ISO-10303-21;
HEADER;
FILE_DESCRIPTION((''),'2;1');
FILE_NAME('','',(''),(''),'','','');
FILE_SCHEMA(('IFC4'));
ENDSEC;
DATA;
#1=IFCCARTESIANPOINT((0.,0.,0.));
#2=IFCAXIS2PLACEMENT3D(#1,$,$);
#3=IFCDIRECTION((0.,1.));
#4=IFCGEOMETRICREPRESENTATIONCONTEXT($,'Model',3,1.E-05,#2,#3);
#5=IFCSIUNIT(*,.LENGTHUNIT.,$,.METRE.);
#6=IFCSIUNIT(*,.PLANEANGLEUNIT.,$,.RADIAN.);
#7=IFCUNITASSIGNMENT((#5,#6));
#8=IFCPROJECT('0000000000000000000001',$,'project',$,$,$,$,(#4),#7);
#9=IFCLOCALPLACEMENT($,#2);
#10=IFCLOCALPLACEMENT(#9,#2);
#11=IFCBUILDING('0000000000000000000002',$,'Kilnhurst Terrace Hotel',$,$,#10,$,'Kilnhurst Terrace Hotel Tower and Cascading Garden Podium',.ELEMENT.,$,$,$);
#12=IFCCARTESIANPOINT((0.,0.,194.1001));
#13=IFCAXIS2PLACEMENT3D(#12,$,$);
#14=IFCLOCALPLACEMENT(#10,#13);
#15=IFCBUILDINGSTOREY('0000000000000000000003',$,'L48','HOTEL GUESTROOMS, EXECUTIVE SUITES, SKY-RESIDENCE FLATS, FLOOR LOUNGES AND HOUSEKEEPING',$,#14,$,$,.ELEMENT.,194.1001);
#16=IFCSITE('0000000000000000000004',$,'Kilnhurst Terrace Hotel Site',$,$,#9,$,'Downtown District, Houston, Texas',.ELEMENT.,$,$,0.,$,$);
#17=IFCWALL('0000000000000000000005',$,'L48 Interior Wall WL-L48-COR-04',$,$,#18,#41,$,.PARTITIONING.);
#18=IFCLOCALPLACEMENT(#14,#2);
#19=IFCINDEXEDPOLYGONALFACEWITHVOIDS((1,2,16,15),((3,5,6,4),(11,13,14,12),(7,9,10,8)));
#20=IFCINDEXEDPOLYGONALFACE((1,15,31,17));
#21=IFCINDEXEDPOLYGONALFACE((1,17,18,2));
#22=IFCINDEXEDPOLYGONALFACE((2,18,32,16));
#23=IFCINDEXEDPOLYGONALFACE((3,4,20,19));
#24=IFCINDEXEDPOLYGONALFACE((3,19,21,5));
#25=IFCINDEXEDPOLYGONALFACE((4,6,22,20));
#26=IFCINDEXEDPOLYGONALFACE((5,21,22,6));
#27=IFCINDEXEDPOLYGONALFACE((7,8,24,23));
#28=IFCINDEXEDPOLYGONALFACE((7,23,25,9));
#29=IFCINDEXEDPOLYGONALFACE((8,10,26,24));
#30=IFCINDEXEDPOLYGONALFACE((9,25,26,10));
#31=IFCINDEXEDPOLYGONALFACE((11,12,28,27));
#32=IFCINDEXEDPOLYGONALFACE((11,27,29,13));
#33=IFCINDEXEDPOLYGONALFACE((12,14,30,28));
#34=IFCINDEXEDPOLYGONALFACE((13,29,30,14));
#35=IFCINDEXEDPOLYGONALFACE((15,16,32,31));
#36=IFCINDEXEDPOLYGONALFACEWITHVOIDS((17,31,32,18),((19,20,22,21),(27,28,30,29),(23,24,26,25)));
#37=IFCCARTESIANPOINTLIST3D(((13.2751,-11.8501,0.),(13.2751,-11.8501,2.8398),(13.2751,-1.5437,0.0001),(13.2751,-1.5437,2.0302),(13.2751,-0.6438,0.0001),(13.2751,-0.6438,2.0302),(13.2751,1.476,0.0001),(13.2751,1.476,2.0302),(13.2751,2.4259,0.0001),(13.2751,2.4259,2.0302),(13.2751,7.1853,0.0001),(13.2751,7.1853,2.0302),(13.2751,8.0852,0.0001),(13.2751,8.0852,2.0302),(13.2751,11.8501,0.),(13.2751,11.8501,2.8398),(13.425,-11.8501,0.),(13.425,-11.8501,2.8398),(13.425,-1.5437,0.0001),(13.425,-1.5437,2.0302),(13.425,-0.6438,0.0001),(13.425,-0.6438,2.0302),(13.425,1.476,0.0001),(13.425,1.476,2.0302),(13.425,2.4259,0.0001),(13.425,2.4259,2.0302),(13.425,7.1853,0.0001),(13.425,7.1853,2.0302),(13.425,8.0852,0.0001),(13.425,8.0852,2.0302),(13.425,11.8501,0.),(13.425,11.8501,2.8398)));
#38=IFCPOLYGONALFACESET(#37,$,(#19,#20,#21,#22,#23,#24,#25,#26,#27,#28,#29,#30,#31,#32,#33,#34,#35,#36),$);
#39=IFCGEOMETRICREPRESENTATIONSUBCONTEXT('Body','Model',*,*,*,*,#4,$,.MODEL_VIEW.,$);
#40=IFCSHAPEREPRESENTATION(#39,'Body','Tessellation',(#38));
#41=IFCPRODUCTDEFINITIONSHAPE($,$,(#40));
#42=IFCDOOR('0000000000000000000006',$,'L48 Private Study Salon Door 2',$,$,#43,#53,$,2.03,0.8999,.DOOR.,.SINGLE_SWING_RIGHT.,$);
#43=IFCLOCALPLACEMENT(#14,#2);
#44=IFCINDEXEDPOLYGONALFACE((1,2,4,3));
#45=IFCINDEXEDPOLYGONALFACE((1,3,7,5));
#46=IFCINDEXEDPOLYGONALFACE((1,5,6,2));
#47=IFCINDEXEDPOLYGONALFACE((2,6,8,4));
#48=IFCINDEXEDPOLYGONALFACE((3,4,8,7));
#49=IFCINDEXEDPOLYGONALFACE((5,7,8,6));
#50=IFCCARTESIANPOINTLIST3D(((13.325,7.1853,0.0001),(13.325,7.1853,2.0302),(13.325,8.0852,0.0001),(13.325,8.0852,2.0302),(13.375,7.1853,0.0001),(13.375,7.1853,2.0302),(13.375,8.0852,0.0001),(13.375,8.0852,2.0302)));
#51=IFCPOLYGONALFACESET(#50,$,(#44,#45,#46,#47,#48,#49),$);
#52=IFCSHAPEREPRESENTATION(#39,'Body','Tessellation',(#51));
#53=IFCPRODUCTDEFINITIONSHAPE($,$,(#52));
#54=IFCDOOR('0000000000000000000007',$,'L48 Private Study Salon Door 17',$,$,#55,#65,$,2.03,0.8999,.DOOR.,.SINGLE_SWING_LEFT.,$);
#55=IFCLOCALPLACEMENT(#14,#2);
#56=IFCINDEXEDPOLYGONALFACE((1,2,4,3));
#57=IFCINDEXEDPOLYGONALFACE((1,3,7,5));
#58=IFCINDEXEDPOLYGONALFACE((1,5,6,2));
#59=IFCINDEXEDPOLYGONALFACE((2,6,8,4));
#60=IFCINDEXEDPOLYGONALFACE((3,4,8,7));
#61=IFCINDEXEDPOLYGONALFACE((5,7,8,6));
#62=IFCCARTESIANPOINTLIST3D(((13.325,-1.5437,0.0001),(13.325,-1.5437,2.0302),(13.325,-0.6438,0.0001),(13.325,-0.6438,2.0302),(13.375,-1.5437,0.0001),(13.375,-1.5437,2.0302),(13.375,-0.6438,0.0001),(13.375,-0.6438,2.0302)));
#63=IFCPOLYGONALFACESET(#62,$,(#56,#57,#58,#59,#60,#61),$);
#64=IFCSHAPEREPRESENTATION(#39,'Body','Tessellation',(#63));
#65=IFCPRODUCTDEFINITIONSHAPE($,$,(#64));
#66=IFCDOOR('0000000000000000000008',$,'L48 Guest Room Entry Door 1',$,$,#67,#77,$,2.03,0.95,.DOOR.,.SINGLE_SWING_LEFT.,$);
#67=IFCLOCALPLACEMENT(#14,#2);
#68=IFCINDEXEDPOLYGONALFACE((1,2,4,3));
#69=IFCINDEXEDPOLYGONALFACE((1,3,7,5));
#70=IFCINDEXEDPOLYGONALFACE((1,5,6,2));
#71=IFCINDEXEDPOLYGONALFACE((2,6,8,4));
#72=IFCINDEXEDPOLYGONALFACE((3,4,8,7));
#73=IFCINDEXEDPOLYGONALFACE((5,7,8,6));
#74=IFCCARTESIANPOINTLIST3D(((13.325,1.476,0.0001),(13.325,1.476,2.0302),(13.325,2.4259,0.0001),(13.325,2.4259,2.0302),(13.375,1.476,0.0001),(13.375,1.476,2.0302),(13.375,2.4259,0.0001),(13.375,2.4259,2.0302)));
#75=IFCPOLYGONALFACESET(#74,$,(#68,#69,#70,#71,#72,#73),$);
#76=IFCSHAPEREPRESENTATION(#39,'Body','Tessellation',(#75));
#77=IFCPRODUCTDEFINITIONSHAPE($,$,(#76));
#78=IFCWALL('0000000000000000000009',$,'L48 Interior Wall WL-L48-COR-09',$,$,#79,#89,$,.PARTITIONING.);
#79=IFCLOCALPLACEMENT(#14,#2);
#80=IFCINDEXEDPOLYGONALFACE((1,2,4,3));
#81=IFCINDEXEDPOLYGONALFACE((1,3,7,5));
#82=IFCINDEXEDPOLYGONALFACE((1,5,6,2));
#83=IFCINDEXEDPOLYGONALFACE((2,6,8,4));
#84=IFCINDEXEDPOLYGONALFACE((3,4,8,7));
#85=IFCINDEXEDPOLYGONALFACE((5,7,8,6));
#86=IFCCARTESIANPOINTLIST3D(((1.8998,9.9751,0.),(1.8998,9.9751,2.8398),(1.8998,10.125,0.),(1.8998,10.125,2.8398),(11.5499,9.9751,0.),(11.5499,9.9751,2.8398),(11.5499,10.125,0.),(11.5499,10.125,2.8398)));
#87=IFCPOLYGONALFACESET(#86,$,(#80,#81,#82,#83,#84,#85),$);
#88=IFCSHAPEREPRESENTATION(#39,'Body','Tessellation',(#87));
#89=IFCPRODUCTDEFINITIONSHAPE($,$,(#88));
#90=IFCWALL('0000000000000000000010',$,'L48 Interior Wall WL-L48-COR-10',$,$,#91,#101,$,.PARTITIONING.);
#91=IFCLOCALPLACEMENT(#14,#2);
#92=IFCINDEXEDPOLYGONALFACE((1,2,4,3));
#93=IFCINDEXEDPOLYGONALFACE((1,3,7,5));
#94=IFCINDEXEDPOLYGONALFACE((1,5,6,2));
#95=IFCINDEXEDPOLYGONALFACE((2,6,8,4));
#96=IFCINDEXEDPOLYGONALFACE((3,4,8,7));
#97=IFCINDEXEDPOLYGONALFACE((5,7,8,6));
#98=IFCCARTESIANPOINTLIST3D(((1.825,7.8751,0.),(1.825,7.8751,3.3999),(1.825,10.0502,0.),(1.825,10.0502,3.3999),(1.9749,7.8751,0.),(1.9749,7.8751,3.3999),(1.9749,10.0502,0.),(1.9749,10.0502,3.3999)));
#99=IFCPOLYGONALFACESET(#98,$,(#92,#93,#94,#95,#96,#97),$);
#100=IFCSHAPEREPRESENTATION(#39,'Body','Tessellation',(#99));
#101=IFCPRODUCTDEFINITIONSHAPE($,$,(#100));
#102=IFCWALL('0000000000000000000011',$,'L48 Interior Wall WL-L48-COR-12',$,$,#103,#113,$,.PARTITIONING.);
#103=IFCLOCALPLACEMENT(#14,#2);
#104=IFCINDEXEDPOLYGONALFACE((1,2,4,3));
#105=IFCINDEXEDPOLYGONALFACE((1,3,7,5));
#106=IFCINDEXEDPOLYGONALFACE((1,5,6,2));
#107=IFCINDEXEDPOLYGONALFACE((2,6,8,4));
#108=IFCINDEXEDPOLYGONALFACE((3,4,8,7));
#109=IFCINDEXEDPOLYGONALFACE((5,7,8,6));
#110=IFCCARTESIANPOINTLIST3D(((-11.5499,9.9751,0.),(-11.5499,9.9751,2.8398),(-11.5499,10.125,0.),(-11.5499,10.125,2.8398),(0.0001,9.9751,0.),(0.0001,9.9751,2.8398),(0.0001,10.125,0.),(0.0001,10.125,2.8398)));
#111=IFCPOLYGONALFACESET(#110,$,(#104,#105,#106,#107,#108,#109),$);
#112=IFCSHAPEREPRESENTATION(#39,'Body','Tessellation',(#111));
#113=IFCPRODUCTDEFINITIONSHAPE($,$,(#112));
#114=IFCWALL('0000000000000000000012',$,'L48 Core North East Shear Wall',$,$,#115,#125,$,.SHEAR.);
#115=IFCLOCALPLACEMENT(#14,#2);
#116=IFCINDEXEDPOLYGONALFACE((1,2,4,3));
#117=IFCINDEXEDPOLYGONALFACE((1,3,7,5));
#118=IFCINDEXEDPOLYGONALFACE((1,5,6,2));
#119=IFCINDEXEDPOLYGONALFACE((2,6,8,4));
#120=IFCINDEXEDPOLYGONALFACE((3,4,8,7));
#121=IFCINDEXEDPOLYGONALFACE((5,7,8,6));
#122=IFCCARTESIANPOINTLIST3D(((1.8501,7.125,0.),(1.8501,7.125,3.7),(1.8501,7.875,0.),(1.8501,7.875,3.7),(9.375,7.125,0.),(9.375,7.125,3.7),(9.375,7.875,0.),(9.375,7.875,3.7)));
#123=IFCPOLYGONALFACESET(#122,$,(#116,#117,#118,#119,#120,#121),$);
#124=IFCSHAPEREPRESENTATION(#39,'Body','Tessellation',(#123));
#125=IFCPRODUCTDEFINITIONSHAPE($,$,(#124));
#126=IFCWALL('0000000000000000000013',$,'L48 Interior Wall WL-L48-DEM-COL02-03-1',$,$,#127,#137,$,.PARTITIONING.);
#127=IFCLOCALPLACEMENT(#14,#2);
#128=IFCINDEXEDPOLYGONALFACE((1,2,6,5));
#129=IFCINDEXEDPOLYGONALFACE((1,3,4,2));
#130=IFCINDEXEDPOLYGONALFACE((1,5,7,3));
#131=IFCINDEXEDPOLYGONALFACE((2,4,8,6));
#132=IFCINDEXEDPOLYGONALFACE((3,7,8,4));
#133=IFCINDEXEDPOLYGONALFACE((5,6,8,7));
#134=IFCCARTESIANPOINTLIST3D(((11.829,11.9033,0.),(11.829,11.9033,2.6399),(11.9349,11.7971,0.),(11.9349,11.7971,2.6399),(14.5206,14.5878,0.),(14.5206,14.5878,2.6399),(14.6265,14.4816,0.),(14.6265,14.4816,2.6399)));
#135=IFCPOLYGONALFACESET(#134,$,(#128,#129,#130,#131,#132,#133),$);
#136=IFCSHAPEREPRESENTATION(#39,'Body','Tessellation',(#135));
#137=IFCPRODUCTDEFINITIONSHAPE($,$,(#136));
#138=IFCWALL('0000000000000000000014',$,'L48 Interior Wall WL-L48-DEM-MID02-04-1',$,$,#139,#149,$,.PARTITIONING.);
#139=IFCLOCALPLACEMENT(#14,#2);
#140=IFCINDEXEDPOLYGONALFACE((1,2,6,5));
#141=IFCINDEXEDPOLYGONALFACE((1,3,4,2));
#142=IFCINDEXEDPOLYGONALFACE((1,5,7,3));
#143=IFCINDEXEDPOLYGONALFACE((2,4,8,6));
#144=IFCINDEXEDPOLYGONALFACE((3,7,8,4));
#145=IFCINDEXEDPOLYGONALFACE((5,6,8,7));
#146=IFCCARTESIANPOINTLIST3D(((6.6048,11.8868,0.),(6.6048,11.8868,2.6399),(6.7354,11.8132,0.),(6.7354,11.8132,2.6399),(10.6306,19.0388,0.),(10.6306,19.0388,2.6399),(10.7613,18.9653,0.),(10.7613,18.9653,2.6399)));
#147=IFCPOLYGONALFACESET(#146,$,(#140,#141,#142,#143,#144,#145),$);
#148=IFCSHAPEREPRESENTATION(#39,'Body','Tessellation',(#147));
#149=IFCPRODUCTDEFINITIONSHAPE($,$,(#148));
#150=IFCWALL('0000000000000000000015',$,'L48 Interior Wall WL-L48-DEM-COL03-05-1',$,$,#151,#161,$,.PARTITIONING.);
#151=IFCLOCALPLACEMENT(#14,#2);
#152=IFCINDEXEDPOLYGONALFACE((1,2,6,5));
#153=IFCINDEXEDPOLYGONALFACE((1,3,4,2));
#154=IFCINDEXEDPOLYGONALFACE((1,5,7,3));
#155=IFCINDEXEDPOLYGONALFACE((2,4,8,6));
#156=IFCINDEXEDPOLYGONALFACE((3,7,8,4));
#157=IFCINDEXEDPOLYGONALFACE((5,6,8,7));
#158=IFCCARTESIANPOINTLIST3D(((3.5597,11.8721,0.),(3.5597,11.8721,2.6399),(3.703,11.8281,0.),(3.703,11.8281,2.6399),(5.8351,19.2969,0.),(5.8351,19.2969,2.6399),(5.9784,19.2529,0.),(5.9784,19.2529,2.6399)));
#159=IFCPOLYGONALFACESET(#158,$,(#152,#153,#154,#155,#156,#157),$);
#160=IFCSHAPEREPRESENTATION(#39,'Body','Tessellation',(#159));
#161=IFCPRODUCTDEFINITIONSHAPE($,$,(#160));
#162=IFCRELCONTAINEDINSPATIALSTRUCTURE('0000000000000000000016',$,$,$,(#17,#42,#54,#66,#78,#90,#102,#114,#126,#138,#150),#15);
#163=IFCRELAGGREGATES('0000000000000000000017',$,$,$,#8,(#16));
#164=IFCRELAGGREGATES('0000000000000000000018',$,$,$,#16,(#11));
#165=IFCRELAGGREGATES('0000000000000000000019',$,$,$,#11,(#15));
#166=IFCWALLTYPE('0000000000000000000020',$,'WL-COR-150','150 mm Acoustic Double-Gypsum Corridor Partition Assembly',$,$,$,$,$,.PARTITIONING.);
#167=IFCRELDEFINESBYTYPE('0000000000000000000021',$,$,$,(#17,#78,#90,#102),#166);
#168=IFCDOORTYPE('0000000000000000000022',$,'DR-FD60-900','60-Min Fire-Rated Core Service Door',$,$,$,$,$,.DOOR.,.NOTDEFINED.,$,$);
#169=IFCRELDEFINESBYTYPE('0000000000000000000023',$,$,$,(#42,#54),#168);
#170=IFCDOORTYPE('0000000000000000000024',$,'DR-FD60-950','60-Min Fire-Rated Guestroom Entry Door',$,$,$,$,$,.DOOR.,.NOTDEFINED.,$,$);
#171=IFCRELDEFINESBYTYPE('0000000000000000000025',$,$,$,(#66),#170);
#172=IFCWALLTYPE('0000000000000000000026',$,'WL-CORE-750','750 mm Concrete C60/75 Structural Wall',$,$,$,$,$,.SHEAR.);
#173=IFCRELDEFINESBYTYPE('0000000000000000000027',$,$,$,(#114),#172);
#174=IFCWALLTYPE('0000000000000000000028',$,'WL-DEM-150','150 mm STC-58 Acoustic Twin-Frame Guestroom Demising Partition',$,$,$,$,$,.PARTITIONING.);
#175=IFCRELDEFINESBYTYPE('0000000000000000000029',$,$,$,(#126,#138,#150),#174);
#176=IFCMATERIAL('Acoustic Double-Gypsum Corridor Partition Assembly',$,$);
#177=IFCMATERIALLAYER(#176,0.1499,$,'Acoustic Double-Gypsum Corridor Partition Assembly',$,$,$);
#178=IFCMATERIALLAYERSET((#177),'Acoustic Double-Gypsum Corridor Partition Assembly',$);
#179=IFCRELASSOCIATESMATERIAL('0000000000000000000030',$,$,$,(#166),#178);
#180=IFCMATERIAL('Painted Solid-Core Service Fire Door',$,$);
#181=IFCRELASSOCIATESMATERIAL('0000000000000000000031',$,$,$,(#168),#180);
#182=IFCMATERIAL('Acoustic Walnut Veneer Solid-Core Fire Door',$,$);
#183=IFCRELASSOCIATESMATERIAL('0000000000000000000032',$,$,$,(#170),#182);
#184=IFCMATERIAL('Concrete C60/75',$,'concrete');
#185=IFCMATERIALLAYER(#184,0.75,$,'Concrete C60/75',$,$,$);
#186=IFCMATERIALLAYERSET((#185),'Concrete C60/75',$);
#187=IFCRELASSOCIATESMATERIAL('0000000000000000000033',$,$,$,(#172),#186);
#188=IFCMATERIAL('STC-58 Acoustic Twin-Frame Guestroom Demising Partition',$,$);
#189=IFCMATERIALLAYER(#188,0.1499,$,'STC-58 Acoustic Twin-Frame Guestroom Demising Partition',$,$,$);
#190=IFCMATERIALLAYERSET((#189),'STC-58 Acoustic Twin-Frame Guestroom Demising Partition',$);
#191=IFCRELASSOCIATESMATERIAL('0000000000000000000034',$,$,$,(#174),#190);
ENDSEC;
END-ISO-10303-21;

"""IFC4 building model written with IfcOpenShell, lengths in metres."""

from ifc_helpers import new_model, si_unit, direction, frame, frame_2d, origin, place, context, subcontext, project, spatial, rectangle, extrude, material, layer, layer_set, type_object, element, fill, save


model = new_model("IFC4")

# Units and contexts
model_context = context("Model", 3, precision=1e-05, world=origin(), true_north=direction((0.0, 1.0)))
body_context = subcontext(model_context, "Body", "Model", "MODEL_VIEW")
ifc_project = project(units=[si_unit("LENGTHUNIT", "METRE"), si_unit("PLANEANGLEUNIT", "RADIAN")], contexts=[model_context])

# Site, building, storey
site_placement = place(None, origin())
site = spatial("IfcSite", under=ifc_project, at=site_placement, Name="Kilnhurst Terrace Hotel Site", LongName="Downtown District, Houston, Texas", CompositionType="ELEMENT", RefElevation=0.0)
building_placement = place(site_placement, origin())
building = spatial("IfcBuilding", under=site, at=building_placement, Name="Kilnhurst Terrace Hotel", LongName="Kilnhurst Terrace Hotel Tower and Cascading Garden Podium", CompositionType="ELEMENT")
storey_placement = place(building_placement, frame((0.0, 0.0, 194.1001)))
storey = spatial("IfcBuildingStorey", under=building, at=storey_placement, Name="L48", Description="HOTEL GUESTROOMS, EXECUTIVE SUITES, SKY-RESIDENCE FLATS, FLOOR LOUNGES AND HOUSEKEEPING", CompositionType="ELEMENT", Elevation=194.1001)

# Wall, openings, doors
ifc_material_1 = material(Name="Acoustic Double-Gypsum Corridor Partition Assembly")
ifc_layer_1 = layer(ifc_material_1, 0.1499, Name="Acoustic Double-Gypsum Corridor Partition Assembly")
ifc_layer_set_1 = layer_set([ifc_layer_1], Name="Acoustic Double-Gypsum Corridor Partition Assembly")
wall_type_1 = type_object("IfcWallType", Name="WL-COR-150", Description="150 mm Acoustic Double-Gypsum Corridor Partition Assembly", PredefinedType="PARTITIONING", material=ifc_layer_set_1)
wall_1_placement = place(storey_placement, frame((13.3501, 11.8501, 0.0), z_axis=(0.0, 0.0, 1.0), x_axis=(0.0, -1.0, 0.0)))
wall_1 = element("IfcWall", 1, at=wall_1_placement, inside=storey, type_object=wall_type_1, Name="L48 Interior Wall WL-L48-COR-04", PredefinedType="PARTITIONING", context=body_context, shape_type="SweptSolid", body=[
    extrude(rectangle(XDim=23.7002, YDim=0.1499, at=frame_2d((11.8501, 0.0))), origin(), (0.0, 0.0, 1.0), 2.8398),
])
opening_1_placement = place(wall_1_placement, frame((9.4241, 0.0, 0.0)))
opening_1 = element("IfcOpeningElement", 2, at=opening_1_placement, cuts=wall_1, PredefinedType="OPENING", context=body_context, shape_type="SweptSolid", body=[
    extrude(rectangle(XDim=0.95, YDim=2.03, at=frame_2d((0.4751, 1.0151))), frame((0.0, 0.085, 0.0), z_axis=(0.0, -1.0, 0.0), x_axis=(1.0, 0.0, 0.0)), (0.0, 0.0, 1.0), 0.1699),
])
opening_2_placement = place(wall_1_placement, frame((3.7649, 0.0, 0.0)))
opening_2 = element("IfcOpeningElement", 3, at=opening_2_placement, cuts=wall_1, PredefinedType="OPENING", context=body_context, shape_type="SweptSolid", body=[
    extrude(rectangle(XDim=0.8999, YDim=2.03, at=frame_2d((0.45, 1.0151))), frame((0.0, 0.085, 0.0), z_axis=(0.0, -1.0, 0.0), x_axis=(1.0, 0.0, 0.0)), (0.0, 0.0, 1.0), 0.1699),
])
opening_3_placement = place(wall_1_placement, frame((12.4939, 0.0, 0.0)))
opening_3 = element("IfcOpeningElement", 4, at=opening_3_placement, cuts=wall_1, PredefinedType="OPENING", context=body_context, shape_type="SweptSolid", body=[
    extrude(rectangle(XDim=0.8999, YDim=2.03, at=frame_2d((0.45, 1.0151))), frame((0.0, 0.085, 0.0), z_axis=(0.0, -1.0, 0.0), x_axis=(1.0, 0.0, 0.0)), (0.0, 0.0, 1.0), 0.1699),
])
ifc_material_2 = material(Name="Painted Solid-Core Service Fire Door")
door_type_1 = type_object("IfcDoorType", Name="DR-FD60-900", Description="60-Min Fire-Rated Core Service Door", OperationType="NOTDEFINED", PredefinedType="DOOR", material=ifc_material_2)
door_1_placement = place(opening_2_placement, origin())
door_1 = element("IfcDoor", 5, at=door_1_placement, inside=storey, type_object=door_type_1, Name="L48 Private Study Salon Door 2", OperationType="SINGLE_SWING_RIGHT", OverallHeight=2.03, OverallWidth=0.8999, PredefinedType="DOOR", context=body_context, shape_type="SweptSolid", body=[
    extrude(rectangle(XDim=0.8999, YDim=2.03, at=frame_2d((0.45, 1.0151))), frame((0.0, 0.0249, 0.0), z_axis=(0.0, -1.0, 0.0), x_axis=(1.0, 0.0, 0.0)), (0.0, 0.0, 1.0), 0.05),
])
fill(opening_2, door_1)
door_2_placement = place(opening_3_placement, origin())
door_2 = element("IfcDoor", 6, at=door_2_placement, inside=storey, type_object=door_type_1, Name="L48 Private Study Salon Door 17", OperationType="SINGLE_SWING_LEFT", OverallHeight=2.03, OverallWidth=0.8999, PredefinedType="DOOR", context=body_context, shape_type="SweptSolid", body=[
    extrude(rectangle(XDim=0.8999, YDim=2.03, at=frame_2d((0.45, 1.0151))), frame((0.0, 0.0249, 0.0), z_axis=(0.0, -1.0, 0.0), x_axis=(1.0, 0.0, 0.0)), (0.0, 0.0, 1.0), 0.05),
])
fill(opening_3, door_2)
ifc_material_3 = material(Name="Acoustic Walnut Veneer Solid-Core Fire Door")
door_type_2 = type_object("IfcDoorType", Name="DR-FD60-950", Description="60-Min Fire-Rated Guestroom Entry Door", OperationType="NOTDEFINED", PredefinedType="DOOR", material=ifc_material_3)
door_3_placement = place(opening_1_placement, origin())
door_3 = element("IfcDoor", 7, at=door_3_placement, inside=storey, type_object=door_type_2, Name="L48 Guest Room Entry Door 1", OperationType="SINGLE_SWING_LEFT", OverallHeight=2.03, OverallWidth=0.95, PredefinedType="DOOR", context=body_context, shape_type="SweptSolid", body=[
    extrude(rectangle(XDim=0.95, YDim=2.03, at=frame_2d((0.4751, 1.0151))), frame((0.0, 0.0249, 0.0), z_axis=(0.0, -1.0, 0.0), x_axis=(1.0, 0.0, 0.0)), (0.0, 0.0, 1.0), 0.05),
])
fill(opening_1, door_3)

# Walls
wall_2_placement = place(storey_placement, frame((11.55, 10.05, 0.0), z_axis=(0.0, 0.0, 1.0), x_axis=(-1.0, 0.0, 0.0)))
element("IfcWall", 8, at=wall_2_placement, inside=storey, type_object=wall_type_1, Name="L48 Interior Wall WL-L48-COR-09", PredefinedType="PARTITIONING", context=body_context, shape_type="SweptSolid", body=[
    extrude(rectangle(XDim=9.6501, YDim=0.1499, at=frame_2d((4.8252, 0.0))), origin(), (0.0, 0.0, 1.0), 2.8398),
])
wall_3_placement = place(storey_placement, frame((1.8999, 10.05, 0.0), z_axis=(0.0, 0.0, 1.0), x_axis=(0.0, -1.0, 0.0)))
element("IfcWall", 9, at=wall_3_placement, inside=storey, type_object=wall_type_1, Name="L48 Interior Wall WL-L48-COR-10", PredefinedType="PARTITIONING", context=body_context, shape_type="SweptSolid", body=[
    extrude(rectangle(XDim=2.175, YDim=0.1499, at=frame_2d((1.0874, 0.0))), origin(), (0.0, 0.0, 1.0), 3.3999),
])
wall_4_placement = place(storey_placement, frame((0.0, 10.05, 0.0), z_axis=(0.0, 0.0, 1.0), x_axis=(-1.0, 0.0, 0.0)))
element("IfcWall", 10, at=wall_4_placement, inside=storey, type_object=wall_type_1, Name="L48 Interior Wall WL-L48-COR-12", PredefinedType="PARTITIONING", context=body_context, shape_type="SweptSolid", body=[
    extrude(rectangle(XDim=11.55, YDim=0.1499, at=frame_2d((5.7749, 0.0))), origin(), (0.0, 0.0, 1.0), 2.8398),
])
ifc_material_4 = material(Name="Concrete C60/75", Category="concrete")
ifc_layer_2 = layer(ifc_material_4, 0.75, Name="Concrete C60/75")
ifc_layer_set_2 = layer_set([ifc_layer_2], Name="Concrete C60/75")
wall_type_2 = type_object("IfcWallType", Name="WL-CORE-750", Description="750 mm Concrete C60/75 Structural Wall", PredefinedType="SHEAR", material=ifc_layer_set_2)
wall_5_placement = place(storey_placement, frame((1.8501, 7.5, 0.0), z_axis=(0.0, 0.0, 1.0), x_axis=(1.0, 0.0, 0.0)))
element("IfcWall", 11, at=wall_5_placement, inside=storey, type_object=wall_type_2, Name="L48 Core North East Shear Wall", PredefinedType="SHEAR", context=body_context, shape_type="SweptSolid", body=[
    extrude(rectangle(XDim=7.5249, YDim=0.75, at=frame_2d((3.7625, 0.0))), origin(), (0.0, 0.0, 1.0), 3.7),
])
ifc_material_5 = material(Name="STC-58 Acoustic Twin-Frame Guestroom Demising Partition")
ifc_layer_3 = layer(ifc_material_5, 0.1499, Name="STC-58 Acoustic Twin-Frame Guestroom Demising Partition")
ifc_layer_set_3 = layer_set([ifc_layer_3], Name="STC-58 Acoustic Twin-Frame Guestroom Demising Partition")
wall_type_3 = type_object("IfcWallType", Name="WL-DEM-150", Description="150 mm STC-58 Acoustic Twin-Frame Guestroom Demising Partition", PredefinedType="PARTITIONING", material=ifc_layer_set_3)
wall_6_placement = place(storey_placement, frame((11.8818, 11.8501, 0.0), z_axis=(0.0, 0.0, 1.0), x_axis=(0.708037, 0.706175, 0.0)))
element("IfcWall", 12, at=wall_6_placement, inside=storey, type_object=wall_type_3, Name="L48 Interior Wall WL-L48-DEM-COL02-03-1", PredefinedType="PARTITIONING", context=body_context, shape_type="SweptSolid", body=[
    extrude(rectangle(XDim=3.8015, YDim=0.1499, at=frame_2d((1.9009, 0.0))), origin(), (0.0, 0.0, 1.0), 2.6399),
])
wall_7_placement = place(storey_placement, frame((6.6702, 11.8501, 0.0), z_axis=(0.0, 0.0, 1.0), x_axis=(0.490522, 0.871429, 0.0)))
element("IfcWall", 13, at=wall_7_placement, inside=storey, type_object=wall_type_3, Name="L48 Interior Wall WL-L48-DEM-MID02-04-1", PredefinedType="PARTITIONING", context=body_context, shape_type="SweptSolid", body=[
    extrude(rectangle(XDim=8.2073, YDim=0.1499, at=frame_2d((4.1035, 0.0))), origin(), (0.0, 0.0, 1.0), 2.6399),
])
wall_8_placement = place(storey_placement, frame((3.6313, 11.8501, 0.0), z_axis=(0.0, 0.0, 1.0), x_axis=(0.293008, 0.95611, 0.0)))
element("IfcWall", 14, at=wall_8_placement, inside=storey, type_object=wall_type_3, Name="L48 Interior Wall WL-L48-DEM-COL03-05-1", PredefinedType="PARTITIONING", context=body_context, shape_type="SweptSolid", body=[
    extrude(rectangle(XDim=7.7656, YDim=0.1499, at=frame_2d((3.8828, 0.0))), origin(), (0.0, 0.0, 1.0), 2.6399),
])

save(model, "model.ifc")
